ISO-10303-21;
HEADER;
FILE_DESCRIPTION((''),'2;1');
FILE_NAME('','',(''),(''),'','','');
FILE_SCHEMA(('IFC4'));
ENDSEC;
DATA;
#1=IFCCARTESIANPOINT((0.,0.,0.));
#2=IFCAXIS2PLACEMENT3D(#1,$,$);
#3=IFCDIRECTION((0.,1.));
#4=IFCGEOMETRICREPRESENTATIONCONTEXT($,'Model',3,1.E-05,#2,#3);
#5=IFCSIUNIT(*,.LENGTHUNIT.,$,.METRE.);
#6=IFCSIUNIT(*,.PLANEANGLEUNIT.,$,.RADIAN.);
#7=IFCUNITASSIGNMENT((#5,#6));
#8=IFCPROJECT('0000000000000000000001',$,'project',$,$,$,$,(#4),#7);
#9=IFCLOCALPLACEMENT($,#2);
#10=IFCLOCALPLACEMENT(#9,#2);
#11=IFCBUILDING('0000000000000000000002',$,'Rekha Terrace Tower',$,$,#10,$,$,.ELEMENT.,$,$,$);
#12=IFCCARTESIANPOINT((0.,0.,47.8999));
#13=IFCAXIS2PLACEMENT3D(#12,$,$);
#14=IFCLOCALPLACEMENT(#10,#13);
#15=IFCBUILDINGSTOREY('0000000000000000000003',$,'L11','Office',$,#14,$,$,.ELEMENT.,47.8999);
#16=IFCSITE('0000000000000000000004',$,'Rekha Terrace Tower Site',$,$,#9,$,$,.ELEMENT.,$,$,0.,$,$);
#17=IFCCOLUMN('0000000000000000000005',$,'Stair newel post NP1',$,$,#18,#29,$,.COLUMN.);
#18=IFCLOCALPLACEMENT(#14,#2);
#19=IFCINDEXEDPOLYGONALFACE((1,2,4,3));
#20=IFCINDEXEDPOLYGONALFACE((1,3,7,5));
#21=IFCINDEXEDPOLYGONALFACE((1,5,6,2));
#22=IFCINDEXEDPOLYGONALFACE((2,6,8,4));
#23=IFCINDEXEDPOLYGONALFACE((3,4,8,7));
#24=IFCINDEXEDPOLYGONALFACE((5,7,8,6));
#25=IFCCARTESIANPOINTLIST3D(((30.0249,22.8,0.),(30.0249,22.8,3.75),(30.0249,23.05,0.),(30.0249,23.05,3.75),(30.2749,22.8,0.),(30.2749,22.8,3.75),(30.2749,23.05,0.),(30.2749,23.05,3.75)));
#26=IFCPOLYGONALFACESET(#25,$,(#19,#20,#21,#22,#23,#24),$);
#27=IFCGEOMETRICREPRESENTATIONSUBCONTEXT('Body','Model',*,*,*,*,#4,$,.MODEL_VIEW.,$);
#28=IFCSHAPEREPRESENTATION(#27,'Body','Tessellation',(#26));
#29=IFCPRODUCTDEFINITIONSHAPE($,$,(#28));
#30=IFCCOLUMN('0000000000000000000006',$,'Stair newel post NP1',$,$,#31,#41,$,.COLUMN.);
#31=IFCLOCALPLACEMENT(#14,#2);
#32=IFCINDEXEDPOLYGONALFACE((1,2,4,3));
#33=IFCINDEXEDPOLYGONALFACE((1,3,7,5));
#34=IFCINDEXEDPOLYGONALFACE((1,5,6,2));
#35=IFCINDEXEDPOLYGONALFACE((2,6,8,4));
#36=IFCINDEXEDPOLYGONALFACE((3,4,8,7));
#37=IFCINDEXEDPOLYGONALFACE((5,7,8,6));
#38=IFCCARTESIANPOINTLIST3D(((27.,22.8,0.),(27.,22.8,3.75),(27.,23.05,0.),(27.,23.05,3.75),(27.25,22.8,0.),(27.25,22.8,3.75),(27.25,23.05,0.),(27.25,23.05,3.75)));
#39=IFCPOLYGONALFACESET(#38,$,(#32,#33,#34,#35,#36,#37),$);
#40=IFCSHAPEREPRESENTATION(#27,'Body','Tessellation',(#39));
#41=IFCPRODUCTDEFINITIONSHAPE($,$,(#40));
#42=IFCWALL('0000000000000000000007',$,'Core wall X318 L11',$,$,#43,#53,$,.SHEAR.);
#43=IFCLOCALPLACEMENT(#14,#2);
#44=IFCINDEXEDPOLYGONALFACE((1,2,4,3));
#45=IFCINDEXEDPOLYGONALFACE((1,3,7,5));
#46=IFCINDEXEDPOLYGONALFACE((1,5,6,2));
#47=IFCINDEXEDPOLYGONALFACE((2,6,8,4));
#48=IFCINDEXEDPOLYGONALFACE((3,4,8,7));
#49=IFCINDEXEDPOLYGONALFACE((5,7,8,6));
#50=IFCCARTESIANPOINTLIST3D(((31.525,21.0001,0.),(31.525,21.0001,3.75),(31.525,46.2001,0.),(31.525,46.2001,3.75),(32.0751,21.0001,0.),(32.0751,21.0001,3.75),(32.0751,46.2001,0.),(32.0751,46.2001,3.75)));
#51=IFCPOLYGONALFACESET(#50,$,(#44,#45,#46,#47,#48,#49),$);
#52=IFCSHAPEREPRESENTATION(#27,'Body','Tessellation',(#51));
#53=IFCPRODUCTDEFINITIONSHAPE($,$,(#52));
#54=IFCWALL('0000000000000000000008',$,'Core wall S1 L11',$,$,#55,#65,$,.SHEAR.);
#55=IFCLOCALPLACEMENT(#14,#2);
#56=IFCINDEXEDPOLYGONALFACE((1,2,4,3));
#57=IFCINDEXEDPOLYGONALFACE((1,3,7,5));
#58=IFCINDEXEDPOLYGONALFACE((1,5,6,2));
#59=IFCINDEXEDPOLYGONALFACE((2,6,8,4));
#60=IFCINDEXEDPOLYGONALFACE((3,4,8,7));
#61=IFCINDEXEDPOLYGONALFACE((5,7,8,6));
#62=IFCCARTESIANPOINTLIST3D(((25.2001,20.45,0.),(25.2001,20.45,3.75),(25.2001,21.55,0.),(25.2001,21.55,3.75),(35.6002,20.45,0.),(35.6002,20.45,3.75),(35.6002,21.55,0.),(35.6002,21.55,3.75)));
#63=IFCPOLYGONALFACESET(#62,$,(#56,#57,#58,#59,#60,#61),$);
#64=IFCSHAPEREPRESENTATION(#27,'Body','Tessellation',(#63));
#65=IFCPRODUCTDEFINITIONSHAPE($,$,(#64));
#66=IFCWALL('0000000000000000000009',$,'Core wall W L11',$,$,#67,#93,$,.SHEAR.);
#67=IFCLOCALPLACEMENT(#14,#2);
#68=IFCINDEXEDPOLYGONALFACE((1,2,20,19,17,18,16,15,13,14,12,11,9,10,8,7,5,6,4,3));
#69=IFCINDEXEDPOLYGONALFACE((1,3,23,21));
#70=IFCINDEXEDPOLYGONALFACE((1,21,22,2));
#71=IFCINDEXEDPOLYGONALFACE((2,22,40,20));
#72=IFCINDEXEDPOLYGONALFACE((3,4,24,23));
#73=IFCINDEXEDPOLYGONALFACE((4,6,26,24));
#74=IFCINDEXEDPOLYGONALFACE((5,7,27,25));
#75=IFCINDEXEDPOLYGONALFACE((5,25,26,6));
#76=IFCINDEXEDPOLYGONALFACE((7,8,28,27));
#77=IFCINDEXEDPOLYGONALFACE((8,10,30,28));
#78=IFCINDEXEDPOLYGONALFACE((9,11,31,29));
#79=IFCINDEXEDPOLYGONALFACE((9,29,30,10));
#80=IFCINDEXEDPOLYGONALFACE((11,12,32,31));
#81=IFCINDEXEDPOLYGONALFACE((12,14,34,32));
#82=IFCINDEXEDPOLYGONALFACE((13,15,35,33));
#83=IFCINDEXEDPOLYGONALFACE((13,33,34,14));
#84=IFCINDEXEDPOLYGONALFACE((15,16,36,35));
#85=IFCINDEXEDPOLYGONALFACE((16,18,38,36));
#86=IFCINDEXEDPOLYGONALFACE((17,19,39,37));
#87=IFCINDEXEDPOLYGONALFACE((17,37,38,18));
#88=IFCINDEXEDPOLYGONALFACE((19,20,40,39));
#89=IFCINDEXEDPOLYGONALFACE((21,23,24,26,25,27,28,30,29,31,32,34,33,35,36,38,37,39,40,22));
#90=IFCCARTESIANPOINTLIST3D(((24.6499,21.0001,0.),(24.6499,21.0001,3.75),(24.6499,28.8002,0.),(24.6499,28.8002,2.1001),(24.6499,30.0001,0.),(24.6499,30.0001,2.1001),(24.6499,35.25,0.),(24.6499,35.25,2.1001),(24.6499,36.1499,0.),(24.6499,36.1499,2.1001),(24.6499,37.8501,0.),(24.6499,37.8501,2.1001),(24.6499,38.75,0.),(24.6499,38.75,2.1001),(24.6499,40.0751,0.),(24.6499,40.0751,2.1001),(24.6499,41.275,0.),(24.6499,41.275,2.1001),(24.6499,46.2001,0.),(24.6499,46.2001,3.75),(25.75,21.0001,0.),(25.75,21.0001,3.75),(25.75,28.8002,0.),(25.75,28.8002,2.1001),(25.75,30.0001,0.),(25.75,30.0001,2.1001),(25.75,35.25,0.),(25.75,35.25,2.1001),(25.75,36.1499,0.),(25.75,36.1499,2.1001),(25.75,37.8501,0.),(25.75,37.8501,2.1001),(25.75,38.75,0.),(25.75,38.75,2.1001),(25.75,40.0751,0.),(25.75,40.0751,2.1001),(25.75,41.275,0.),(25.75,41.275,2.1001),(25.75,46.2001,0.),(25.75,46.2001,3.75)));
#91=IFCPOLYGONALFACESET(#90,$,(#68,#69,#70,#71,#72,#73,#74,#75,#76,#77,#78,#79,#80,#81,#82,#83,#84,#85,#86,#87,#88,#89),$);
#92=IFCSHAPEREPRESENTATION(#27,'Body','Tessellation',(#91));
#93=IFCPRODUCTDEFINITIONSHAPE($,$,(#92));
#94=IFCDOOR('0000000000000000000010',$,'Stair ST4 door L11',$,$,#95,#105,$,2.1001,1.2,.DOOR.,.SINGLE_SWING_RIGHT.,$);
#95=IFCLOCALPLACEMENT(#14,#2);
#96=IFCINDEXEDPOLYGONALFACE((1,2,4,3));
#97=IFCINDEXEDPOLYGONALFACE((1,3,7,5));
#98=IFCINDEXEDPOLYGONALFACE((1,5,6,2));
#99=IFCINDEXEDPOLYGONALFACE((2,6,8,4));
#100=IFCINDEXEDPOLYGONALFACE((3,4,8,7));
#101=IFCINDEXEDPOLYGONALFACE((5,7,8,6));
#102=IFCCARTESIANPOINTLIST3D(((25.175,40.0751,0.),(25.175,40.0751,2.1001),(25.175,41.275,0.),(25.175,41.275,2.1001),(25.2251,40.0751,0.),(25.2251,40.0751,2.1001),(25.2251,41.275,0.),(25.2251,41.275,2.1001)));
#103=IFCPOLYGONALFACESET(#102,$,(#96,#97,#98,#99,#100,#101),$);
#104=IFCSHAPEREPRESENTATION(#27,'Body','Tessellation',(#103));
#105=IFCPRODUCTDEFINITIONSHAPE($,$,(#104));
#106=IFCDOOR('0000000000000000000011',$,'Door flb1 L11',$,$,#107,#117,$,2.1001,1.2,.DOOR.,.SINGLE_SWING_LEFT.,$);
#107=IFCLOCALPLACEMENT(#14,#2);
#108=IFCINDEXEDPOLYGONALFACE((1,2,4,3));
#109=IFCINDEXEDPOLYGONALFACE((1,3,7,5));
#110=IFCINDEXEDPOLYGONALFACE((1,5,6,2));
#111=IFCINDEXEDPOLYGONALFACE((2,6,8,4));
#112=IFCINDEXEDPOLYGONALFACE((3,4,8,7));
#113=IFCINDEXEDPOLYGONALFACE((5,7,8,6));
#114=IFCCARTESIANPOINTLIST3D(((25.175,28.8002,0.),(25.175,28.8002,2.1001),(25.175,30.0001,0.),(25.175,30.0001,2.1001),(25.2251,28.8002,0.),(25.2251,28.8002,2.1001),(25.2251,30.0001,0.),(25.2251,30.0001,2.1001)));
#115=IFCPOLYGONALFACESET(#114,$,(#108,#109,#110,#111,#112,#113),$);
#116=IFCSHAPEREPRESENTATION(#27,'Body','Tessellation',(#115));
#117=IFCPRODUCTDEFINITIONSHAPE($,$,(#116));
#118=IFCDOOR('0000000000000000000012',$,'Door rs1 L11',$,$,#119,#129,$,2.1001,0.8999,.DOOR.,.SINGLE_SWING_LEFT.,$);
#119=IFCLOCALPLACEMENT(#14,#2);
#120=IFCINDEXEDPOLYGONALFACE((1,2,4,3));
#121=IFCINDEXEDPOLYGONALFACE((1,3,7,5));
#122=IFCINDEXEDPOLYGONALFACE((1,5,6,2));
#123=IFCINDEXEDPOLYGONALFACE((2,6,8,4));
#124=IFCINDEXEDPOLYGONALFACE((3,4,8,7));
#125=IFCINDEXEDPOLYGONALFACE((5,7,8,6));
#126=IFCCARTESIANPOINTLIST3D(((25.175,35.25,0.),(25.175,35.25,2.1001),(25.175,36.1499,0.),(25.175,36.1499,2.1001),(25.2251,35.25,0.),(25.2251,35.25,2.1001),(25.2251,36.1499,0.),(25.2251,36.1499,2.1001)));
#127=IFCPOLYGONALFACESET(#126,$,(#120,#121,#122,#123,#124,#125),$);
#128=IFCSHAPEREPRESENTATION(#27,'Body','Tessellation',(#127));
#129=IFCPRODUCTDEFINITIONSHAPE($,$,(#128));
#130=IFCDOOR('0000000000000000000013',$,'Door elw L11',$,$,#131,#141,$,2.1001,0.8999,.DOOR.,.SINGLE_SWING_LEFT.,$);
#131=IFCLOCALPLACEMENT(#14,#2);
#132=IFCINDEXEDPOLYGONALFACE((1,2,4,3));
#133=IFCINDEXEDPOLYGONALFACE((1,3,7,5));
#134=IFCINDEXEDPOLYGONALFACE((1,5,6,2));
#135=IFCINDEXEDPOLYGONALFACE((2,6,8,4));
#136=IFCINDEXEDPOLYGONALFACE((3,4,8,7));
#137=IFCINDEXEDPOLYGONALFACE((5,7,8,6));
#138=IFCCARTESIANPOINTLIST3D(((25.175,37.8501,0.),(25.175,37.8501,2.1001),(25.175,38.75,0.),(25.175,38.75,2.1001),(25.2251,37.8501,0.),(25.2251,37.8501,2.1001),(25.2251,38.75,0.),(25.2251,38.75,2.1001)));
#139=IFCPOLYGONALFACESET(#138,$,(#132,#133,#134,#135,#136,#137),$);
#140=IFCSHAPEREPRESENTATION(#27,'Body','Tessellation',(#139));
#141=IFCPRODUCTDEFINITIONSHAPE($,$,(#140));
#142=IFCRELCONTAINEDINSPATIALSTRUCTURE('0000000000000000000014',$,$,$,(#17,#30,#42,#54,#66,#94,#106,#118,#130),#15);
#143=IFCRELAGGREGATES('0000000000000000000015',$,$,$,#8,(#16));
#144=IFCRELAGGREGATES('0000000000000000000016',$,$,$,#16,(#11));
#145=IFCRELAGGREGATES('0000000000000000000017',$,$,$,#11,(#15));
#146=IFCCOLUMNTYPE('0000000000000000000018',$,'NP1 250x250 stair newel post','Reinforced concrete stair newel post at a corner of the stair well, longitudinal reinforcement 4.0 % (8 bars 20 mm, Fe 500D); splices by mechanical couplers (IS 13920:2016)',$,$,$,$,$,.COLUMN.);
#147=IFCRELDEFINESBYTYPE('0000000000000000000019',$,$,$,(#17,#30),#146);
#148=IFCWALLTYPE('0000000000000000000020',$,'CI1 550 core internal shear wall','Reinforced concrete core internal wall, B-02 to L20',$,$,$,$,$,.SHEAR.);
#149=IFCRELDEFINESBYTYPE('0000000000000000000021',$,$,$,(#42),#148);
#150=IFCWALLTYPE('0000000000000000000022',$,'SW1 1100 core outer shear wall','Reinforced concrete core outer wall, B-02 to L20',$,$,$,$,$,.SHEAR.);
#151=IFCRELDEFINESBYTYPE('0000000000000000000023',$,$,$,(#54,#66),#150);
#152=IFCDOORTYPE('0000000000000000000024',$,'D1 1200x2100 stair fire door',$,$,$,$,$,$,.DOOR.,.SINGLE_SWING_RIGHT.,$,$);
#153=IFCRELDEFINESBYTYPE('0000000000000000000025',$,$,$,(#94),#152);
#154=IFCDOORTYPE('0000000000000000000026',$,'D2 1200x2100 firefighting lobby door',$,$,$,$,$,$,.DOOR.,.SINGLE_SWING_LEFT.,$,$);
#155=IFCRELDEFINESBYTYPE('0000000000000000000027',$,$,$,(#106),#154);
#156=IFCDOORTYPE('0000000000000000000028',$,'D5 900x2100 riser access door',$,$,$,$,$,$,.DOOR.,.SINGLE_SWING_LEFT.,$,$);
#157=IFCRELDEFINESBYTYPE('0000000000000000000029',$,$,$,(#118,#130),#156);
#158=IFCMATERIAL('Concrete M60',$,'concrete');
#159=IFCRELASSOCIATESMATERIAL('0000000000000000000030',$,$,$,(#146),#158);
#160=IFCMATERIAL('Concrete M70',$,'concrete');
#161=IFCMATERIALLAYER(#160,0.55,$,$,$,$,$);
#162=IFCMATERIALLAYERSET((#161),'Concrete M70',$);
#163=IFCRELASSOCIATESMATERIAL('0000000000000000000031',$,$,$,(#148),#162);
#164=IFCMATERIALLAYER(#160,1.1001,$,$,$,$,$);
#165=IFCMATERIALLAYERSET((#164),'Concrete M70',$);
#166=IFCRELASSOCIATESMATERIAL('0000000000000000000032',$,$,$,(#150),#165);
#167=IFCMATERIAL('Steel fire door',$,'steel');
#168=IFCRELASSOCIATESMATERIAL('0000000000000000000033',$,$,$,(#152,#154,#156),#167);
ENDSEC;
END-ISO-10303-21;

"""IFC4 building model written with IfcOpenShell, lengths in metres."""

from ifc_helpers import new_model, si_unit, direction, frame, frame_2d, origin, origin_2d, place, context, subcontext, project, spatial, rectangle, extrude, material, layer, layer_set, material_profile, profile_set, type_object, element, fill, save


model = new_model("IFC4")

# Units and contexts
model_context = context("Model", 3, precision=1e-05, world=origin(), true_north=direction((0.0, 1.0)))
body_context = subcontext(model_context, "Body", "Model", "MODEL_VIEW")
ifc_project = project(units=[si_unit("LENGTHUNIT", "METRE"), si_unit("PLANEANGLEUNIT", "RADIAN")], contexts=[model_context])

# Site, building, storey
site_placement = place(None, origin())
site = spatial("IfcSite", under=ifc_project, at=site_placement, Name="Rekha Terrace Tower Site", CompositionType="ELEMENT", RefElevation=0.0)
building_placement = place(site_placement, origin())
building = spatial("IfcBuilding", under=site, at=building_placement, Name="Rekha Terrace Tower", CompositionType="ELEMENT")
storey_placement = place(building_placement, frame((0.0, 0.0, 47.8999)))
storey = spatial("IfcBuildingStorey", under=building, at=storey_placement, Name="L11", Description="Office", CompositionType="ELEMENT", Elevation=47.8999)

# Columns
ifc_material_1 = material(Name="Concrete M60", Category="concrete")
ifc_material_profile = material_profile(ifc_material_1, rectangle(XDim=0.25, YDim=0.25, at=origin_2d()), Name="RC 250x250")
ifc_profile_set = profile_set([ifc_material_profile], Name="Concrete M60")
column_type = type_object("IfcColumnType", Name="NP1 250x250 stair newel post", Description="Reinforced concrete stair newel post at a corner of the stair well, longitudinal reinforcement 4.0 % (8 bars 20 mm, Fe 500D); splices by mechanical couplers (IS 13920:2016)", PredefinedType="COLUMN", material=ifc_profile_set)
for number, where, z_axis, x_axis, name in (
    (1, (30.1499, 22.925, 0.0), (0.0, 0.0, 1.0), (1.0, 0.0, 0.0), "Stair newel post NP1"),
    (2, (27.125, 22.925, 0.0), (0.0, 0.0, 1.0), (1.0, 0.0, 0.0), "Stair newel post NP1"),
):
    element("IfcColumn", number, at=place(storey_placement, frame(where, z_axis=z_axis, x_axis=x_axis)), inside=storey, type_object=column_type, Name=name, PredefinedType="COLUMN", context=body_context, shape_type="SweptSolid", body=[
        extrude(rectangle(XDim=0.25, YDim=0.25, at=origin_2d()), origin(), (0.0, 0.0, 1.0), 3.75),
    ])

# Walls
ifc_material_2 = material(Name="Concrete M70", Category="concrete")
ifc_layer_1 = layer(ifc_material_2, 0.55)
ifc_layer_set_1 = layer_set([ifc_layer_1], Name="Concrete M70")
wall_type_1 = type_object("IfcWallType", Name="CI1 550 core internal shear wall", Description="Reinforced concrete core internal wall, B-02 to L20", PredefinedType="SHEAR", material=ifc_layer_set_1)
wall_1_placement = place(storey_placement, frame((31.8, 21.0, 0.0), z_axis=(0.0, 0.0, 1.0), x_axis=(0.0, 1.0, 0.0)))
element("IfcWall", 3, at=wall_1_placement, inside=storey, type_object=wall_type_1, Name="Core wall X318 L11", PredefinedType="SHEAR", context=body_context, shape_type="SweptSolid", body=[
    extrude(rectangle(XDim=25.2, YDim=0.55, at=frame_2d((12.6001, 0.0))), origin(), (0.0, 0.0, 1.0), 3.75),
])
ifc_layer_2 = layer(ifc_material_2, 1.1001)
ifc_layer_set_2 = layer_set([ifc_layer_2], Name="Concrete M70")
wall_type_2 = type_object("IfcWallType", Name="SW1 1100 core outer shear wall", Description="Reinforced concrete core outer wall, B-02 to L20", PredefinedType="SHEAR", material=ifc_layer_set_2)
wall_2_placement = place(storey_placement, frame((25.2, 21.0, 0.0), z_axis=(0.0, 0.0, 1.0), x_axis=(1.0, 0.0, 0.0)))
element("IfcWall", 4, at=wall_2_placement, inside=storey, type_object=wall_type_2, Name="Core wall S1 L11", PredefinedType="SHEAR", context=body_context, shape_type="SweptSolid", body=[
    extrude(rectangle(XDim=10.4001, YDim=1.1001, at=frame_2d((5.2002, 0.0))), origin(), (0.0, 0.0, 1.0), 3.75),
])

# Wall, openings, doors
wall_3_placement = place(storey_placement, frame((25.2, 21.0, 0.0), z_axis=(0.0, 0.0, 1.0), x_axis=(0.0, 1.0, 0.0)))
wall_3 = element("IfcWall", 5, at=wall_3_placement, inside=storey, type_object=wall_type_2, Name="Core wall W L11", PredefinedType="SHEAR", context=body_context, shape_type="SweptSolid", body=[
    extrude(rectangle(XDim=25.2, YDim=1.1001, at=frame_2d((12.6001, 0.0))), origin(), (0.0, 0.0, 1.0), 3.75),
])
opening_1_placement = place(wall_3_placement, frame((7.8, 0.0, 0.0)))
opening_1 = element("IfcOpeningElement", 6, at=opening_1_placement, cuts=wall_3, PredefinedType="OPENING", context=body_context, shape_type="SweptSolid", body=[
    extrude(rectangle(XDim=1.2, YDim=2.1001, at=frame_2d((0.6001, 1.05))), frame((0.0, 0.5601, 0.0), z_axis=(0.0, -1.0, 0.0), x_axis=(1.0, 0.0, 0.0)), (0.0, 0.0, 1.0), 1.1201),
])
opening_2_placement = place(wall_3_placement, frame((14.25, 0.0, 0.0)))
opening_2 = element("IfcOpeningElement", 7, at=opening_2_placement, cuts=wall_3, PredefinedType="OPENING", context=body_context, shape_type="SweptSolid", body=[
    extrude(rectangle(XDim=0.8999, YDim=2.1001, at=frame_2d((0.45, 1.05))), frame((0.0, 0.5601, 0.0), z_axis=(0.0, -1.0, 0.0), x_axis=(1.0, 0.0, 0.0)), (0.0, 0.0, 1.0), 1.1201),
])
opening_3_placement = place(wall_3_placement, frame((16.8501, 0.0, 0.0)))
opening_3 = element("IfcOpeningElement", 8, at=opening_3_placement, cuts=wall_3, PredefinedType="OPENING", context=body_context, shape_type="SweptSolid", body=[
    extrude(rectangle(XDim=0.8999, YDim=2.1001, at=frame_2d((0.45, 1.05))), frame((0.0, 0.5601, 0.0), z_axis=(0.0, -1.0, 0.0), x_axis=(1.0, 0.0, 0.0)), (0.0, 0.0, 1.0), 1.1201),
])
opening_4_placement = place(wall_3_placement, frame((19.075, 0.0, 0.0)))
opening_4 = element("IfcOpeningElement", 9, at=opening_4_placement, cuts=wall_3, PredefinedType="OPENING", context=body_context, shape_type="SweptSolid", body=[
    extrude(rectangle(XDim=1.2, YDim=2.1001, at=frame_2d((0.6001, 1.05))), frame((0.0, 0.5601, 0.0), z_axis=(0.0, -1.0, 0.0), x_axis=(1.0, 0.0, 0.0)), (0.0, 0.0, 1.0), 1.1201),
])
ifc_material_3 = material(Name="Steel fire door", Category="steel")
door_type_1 = type_object("IfcDoorType", Name="D1 1200x2100 stair fire door", OperationType="SINGLE_SWING_RIGHT", PredefinedType="DOOR", material=ifc_material_3)
door_1_placement = place(opening_4_placement, origin())
door_1 = element("IfcDoor", 10, at=door_1_placement, inside=storey, type_object=door_type_1, Name="Stair ST4 door L11", OperationType="SINGLE_SWING_RIGHT", OverallHeight=2.1001, OverallWidth=1.2, PredefinedType="DOOR", context=body_context, shape_type="SweptSolid", body=[
    extrude(rectangle(XDim=1.2, YDim=2.1001, at=frame_2d((0.6001, 1.05))), frame((0.0, 0.0249, 0.0), z_axis=(0.0, -1.0, 0.0), x_axis=(1.0, 0.0, 0.0)), (0.0, 0.0, 1.0), 0.05),
])
fill(opening_4, door_1)
door_type_2 = type_object("IfcDoorType", Name="D2 1200x2100 firefighting lobby door", OperationType="SINGLE_SWING_LEFT", PredefinedType="DOOR", material=ifc_material_3)
door_2_placement = place(opening_1_placement, origin())
door_2 = element("IfcDoor", 11, at=door_2_placement, inside=storey, type_object=door_type_2, Name="Door flb1 L11", OperationType="SINGLE_SWING_LEFT", OverallHeight=2.1001, OverallWidth=1.2, PredefinedType="DOOR", context=body_context, shape_type="SweptSolid", body=[
    extrude(rectangle(XDim=1.2, YDim=2.1001, at=frame_2d((0.6001, 1.05))), frame((0.0, 0.0249, 0.0), z_axis=(0.0, -1.0, 0.0), x_axis=(1.0, 0.0, 0.0)), (0.0, 0.0, 1.0), 0.05),
])
fill(opening_1, door_2)
door_type_3 = type_object("IfcDoorType", Name="D5 900x2100 riser access door", OperationType="SINGLE_SWING_LEFT", PredefinedType="DOOR", material=ifc_material_3)
door_3_placement = place(opening_2_placement, origin())
door_3 = element("IfcDoor", 12, at=door_3_placement, inside=storey, type_object=door_type_3, Name="Door rs1 L11", OperationType="SINGLE_SWING_LEFT", OverallHeight=2.1001, OverallWidth=0.8999, PredefinedType="DOOR", context=body_context, shape_type="SweptSolid", body=[
    extrude(rectangle(XDim=0.8999, YDim=2.1001, at=frame_2d((0.45, 1.05))), frame((0.0, 0.0249, 0.0), z_axis=(0.0, -1.0, 0.0), x_axis=(1.0, 0.0, 0.0)), (0.0, 0.0, 1.0), 0.05),
])
fill(opening_2, door_3)
door_4_placement = place(opening_3_placement, origin())
door_4 = element("IfcDoor", 13, at=door_4_placement, inside=storey, type_object=door_type_3, Name="Door elw L11", OperationType="SINGLE_SWING_LEFT", OverallHeight=2.1001, OverallWidth=0.8999, PredefinedType="DOOR", context=body_context, shape_type="SweptSolid", body=[
    extrude(rectangle(XDim=0.8999, YDim=2.1001, at=frame_2d((0.45, 1.05))), frame((0.0, 0.0249, 0.0), z_axis=(0.0, -1.0, 0.0), x_axis=(1.0, 0.0, 0.0)), (0.0, 0.0, 1.0), 0.05),
])
fill(opening_3, door_4)

save(model, "model.ifc")
